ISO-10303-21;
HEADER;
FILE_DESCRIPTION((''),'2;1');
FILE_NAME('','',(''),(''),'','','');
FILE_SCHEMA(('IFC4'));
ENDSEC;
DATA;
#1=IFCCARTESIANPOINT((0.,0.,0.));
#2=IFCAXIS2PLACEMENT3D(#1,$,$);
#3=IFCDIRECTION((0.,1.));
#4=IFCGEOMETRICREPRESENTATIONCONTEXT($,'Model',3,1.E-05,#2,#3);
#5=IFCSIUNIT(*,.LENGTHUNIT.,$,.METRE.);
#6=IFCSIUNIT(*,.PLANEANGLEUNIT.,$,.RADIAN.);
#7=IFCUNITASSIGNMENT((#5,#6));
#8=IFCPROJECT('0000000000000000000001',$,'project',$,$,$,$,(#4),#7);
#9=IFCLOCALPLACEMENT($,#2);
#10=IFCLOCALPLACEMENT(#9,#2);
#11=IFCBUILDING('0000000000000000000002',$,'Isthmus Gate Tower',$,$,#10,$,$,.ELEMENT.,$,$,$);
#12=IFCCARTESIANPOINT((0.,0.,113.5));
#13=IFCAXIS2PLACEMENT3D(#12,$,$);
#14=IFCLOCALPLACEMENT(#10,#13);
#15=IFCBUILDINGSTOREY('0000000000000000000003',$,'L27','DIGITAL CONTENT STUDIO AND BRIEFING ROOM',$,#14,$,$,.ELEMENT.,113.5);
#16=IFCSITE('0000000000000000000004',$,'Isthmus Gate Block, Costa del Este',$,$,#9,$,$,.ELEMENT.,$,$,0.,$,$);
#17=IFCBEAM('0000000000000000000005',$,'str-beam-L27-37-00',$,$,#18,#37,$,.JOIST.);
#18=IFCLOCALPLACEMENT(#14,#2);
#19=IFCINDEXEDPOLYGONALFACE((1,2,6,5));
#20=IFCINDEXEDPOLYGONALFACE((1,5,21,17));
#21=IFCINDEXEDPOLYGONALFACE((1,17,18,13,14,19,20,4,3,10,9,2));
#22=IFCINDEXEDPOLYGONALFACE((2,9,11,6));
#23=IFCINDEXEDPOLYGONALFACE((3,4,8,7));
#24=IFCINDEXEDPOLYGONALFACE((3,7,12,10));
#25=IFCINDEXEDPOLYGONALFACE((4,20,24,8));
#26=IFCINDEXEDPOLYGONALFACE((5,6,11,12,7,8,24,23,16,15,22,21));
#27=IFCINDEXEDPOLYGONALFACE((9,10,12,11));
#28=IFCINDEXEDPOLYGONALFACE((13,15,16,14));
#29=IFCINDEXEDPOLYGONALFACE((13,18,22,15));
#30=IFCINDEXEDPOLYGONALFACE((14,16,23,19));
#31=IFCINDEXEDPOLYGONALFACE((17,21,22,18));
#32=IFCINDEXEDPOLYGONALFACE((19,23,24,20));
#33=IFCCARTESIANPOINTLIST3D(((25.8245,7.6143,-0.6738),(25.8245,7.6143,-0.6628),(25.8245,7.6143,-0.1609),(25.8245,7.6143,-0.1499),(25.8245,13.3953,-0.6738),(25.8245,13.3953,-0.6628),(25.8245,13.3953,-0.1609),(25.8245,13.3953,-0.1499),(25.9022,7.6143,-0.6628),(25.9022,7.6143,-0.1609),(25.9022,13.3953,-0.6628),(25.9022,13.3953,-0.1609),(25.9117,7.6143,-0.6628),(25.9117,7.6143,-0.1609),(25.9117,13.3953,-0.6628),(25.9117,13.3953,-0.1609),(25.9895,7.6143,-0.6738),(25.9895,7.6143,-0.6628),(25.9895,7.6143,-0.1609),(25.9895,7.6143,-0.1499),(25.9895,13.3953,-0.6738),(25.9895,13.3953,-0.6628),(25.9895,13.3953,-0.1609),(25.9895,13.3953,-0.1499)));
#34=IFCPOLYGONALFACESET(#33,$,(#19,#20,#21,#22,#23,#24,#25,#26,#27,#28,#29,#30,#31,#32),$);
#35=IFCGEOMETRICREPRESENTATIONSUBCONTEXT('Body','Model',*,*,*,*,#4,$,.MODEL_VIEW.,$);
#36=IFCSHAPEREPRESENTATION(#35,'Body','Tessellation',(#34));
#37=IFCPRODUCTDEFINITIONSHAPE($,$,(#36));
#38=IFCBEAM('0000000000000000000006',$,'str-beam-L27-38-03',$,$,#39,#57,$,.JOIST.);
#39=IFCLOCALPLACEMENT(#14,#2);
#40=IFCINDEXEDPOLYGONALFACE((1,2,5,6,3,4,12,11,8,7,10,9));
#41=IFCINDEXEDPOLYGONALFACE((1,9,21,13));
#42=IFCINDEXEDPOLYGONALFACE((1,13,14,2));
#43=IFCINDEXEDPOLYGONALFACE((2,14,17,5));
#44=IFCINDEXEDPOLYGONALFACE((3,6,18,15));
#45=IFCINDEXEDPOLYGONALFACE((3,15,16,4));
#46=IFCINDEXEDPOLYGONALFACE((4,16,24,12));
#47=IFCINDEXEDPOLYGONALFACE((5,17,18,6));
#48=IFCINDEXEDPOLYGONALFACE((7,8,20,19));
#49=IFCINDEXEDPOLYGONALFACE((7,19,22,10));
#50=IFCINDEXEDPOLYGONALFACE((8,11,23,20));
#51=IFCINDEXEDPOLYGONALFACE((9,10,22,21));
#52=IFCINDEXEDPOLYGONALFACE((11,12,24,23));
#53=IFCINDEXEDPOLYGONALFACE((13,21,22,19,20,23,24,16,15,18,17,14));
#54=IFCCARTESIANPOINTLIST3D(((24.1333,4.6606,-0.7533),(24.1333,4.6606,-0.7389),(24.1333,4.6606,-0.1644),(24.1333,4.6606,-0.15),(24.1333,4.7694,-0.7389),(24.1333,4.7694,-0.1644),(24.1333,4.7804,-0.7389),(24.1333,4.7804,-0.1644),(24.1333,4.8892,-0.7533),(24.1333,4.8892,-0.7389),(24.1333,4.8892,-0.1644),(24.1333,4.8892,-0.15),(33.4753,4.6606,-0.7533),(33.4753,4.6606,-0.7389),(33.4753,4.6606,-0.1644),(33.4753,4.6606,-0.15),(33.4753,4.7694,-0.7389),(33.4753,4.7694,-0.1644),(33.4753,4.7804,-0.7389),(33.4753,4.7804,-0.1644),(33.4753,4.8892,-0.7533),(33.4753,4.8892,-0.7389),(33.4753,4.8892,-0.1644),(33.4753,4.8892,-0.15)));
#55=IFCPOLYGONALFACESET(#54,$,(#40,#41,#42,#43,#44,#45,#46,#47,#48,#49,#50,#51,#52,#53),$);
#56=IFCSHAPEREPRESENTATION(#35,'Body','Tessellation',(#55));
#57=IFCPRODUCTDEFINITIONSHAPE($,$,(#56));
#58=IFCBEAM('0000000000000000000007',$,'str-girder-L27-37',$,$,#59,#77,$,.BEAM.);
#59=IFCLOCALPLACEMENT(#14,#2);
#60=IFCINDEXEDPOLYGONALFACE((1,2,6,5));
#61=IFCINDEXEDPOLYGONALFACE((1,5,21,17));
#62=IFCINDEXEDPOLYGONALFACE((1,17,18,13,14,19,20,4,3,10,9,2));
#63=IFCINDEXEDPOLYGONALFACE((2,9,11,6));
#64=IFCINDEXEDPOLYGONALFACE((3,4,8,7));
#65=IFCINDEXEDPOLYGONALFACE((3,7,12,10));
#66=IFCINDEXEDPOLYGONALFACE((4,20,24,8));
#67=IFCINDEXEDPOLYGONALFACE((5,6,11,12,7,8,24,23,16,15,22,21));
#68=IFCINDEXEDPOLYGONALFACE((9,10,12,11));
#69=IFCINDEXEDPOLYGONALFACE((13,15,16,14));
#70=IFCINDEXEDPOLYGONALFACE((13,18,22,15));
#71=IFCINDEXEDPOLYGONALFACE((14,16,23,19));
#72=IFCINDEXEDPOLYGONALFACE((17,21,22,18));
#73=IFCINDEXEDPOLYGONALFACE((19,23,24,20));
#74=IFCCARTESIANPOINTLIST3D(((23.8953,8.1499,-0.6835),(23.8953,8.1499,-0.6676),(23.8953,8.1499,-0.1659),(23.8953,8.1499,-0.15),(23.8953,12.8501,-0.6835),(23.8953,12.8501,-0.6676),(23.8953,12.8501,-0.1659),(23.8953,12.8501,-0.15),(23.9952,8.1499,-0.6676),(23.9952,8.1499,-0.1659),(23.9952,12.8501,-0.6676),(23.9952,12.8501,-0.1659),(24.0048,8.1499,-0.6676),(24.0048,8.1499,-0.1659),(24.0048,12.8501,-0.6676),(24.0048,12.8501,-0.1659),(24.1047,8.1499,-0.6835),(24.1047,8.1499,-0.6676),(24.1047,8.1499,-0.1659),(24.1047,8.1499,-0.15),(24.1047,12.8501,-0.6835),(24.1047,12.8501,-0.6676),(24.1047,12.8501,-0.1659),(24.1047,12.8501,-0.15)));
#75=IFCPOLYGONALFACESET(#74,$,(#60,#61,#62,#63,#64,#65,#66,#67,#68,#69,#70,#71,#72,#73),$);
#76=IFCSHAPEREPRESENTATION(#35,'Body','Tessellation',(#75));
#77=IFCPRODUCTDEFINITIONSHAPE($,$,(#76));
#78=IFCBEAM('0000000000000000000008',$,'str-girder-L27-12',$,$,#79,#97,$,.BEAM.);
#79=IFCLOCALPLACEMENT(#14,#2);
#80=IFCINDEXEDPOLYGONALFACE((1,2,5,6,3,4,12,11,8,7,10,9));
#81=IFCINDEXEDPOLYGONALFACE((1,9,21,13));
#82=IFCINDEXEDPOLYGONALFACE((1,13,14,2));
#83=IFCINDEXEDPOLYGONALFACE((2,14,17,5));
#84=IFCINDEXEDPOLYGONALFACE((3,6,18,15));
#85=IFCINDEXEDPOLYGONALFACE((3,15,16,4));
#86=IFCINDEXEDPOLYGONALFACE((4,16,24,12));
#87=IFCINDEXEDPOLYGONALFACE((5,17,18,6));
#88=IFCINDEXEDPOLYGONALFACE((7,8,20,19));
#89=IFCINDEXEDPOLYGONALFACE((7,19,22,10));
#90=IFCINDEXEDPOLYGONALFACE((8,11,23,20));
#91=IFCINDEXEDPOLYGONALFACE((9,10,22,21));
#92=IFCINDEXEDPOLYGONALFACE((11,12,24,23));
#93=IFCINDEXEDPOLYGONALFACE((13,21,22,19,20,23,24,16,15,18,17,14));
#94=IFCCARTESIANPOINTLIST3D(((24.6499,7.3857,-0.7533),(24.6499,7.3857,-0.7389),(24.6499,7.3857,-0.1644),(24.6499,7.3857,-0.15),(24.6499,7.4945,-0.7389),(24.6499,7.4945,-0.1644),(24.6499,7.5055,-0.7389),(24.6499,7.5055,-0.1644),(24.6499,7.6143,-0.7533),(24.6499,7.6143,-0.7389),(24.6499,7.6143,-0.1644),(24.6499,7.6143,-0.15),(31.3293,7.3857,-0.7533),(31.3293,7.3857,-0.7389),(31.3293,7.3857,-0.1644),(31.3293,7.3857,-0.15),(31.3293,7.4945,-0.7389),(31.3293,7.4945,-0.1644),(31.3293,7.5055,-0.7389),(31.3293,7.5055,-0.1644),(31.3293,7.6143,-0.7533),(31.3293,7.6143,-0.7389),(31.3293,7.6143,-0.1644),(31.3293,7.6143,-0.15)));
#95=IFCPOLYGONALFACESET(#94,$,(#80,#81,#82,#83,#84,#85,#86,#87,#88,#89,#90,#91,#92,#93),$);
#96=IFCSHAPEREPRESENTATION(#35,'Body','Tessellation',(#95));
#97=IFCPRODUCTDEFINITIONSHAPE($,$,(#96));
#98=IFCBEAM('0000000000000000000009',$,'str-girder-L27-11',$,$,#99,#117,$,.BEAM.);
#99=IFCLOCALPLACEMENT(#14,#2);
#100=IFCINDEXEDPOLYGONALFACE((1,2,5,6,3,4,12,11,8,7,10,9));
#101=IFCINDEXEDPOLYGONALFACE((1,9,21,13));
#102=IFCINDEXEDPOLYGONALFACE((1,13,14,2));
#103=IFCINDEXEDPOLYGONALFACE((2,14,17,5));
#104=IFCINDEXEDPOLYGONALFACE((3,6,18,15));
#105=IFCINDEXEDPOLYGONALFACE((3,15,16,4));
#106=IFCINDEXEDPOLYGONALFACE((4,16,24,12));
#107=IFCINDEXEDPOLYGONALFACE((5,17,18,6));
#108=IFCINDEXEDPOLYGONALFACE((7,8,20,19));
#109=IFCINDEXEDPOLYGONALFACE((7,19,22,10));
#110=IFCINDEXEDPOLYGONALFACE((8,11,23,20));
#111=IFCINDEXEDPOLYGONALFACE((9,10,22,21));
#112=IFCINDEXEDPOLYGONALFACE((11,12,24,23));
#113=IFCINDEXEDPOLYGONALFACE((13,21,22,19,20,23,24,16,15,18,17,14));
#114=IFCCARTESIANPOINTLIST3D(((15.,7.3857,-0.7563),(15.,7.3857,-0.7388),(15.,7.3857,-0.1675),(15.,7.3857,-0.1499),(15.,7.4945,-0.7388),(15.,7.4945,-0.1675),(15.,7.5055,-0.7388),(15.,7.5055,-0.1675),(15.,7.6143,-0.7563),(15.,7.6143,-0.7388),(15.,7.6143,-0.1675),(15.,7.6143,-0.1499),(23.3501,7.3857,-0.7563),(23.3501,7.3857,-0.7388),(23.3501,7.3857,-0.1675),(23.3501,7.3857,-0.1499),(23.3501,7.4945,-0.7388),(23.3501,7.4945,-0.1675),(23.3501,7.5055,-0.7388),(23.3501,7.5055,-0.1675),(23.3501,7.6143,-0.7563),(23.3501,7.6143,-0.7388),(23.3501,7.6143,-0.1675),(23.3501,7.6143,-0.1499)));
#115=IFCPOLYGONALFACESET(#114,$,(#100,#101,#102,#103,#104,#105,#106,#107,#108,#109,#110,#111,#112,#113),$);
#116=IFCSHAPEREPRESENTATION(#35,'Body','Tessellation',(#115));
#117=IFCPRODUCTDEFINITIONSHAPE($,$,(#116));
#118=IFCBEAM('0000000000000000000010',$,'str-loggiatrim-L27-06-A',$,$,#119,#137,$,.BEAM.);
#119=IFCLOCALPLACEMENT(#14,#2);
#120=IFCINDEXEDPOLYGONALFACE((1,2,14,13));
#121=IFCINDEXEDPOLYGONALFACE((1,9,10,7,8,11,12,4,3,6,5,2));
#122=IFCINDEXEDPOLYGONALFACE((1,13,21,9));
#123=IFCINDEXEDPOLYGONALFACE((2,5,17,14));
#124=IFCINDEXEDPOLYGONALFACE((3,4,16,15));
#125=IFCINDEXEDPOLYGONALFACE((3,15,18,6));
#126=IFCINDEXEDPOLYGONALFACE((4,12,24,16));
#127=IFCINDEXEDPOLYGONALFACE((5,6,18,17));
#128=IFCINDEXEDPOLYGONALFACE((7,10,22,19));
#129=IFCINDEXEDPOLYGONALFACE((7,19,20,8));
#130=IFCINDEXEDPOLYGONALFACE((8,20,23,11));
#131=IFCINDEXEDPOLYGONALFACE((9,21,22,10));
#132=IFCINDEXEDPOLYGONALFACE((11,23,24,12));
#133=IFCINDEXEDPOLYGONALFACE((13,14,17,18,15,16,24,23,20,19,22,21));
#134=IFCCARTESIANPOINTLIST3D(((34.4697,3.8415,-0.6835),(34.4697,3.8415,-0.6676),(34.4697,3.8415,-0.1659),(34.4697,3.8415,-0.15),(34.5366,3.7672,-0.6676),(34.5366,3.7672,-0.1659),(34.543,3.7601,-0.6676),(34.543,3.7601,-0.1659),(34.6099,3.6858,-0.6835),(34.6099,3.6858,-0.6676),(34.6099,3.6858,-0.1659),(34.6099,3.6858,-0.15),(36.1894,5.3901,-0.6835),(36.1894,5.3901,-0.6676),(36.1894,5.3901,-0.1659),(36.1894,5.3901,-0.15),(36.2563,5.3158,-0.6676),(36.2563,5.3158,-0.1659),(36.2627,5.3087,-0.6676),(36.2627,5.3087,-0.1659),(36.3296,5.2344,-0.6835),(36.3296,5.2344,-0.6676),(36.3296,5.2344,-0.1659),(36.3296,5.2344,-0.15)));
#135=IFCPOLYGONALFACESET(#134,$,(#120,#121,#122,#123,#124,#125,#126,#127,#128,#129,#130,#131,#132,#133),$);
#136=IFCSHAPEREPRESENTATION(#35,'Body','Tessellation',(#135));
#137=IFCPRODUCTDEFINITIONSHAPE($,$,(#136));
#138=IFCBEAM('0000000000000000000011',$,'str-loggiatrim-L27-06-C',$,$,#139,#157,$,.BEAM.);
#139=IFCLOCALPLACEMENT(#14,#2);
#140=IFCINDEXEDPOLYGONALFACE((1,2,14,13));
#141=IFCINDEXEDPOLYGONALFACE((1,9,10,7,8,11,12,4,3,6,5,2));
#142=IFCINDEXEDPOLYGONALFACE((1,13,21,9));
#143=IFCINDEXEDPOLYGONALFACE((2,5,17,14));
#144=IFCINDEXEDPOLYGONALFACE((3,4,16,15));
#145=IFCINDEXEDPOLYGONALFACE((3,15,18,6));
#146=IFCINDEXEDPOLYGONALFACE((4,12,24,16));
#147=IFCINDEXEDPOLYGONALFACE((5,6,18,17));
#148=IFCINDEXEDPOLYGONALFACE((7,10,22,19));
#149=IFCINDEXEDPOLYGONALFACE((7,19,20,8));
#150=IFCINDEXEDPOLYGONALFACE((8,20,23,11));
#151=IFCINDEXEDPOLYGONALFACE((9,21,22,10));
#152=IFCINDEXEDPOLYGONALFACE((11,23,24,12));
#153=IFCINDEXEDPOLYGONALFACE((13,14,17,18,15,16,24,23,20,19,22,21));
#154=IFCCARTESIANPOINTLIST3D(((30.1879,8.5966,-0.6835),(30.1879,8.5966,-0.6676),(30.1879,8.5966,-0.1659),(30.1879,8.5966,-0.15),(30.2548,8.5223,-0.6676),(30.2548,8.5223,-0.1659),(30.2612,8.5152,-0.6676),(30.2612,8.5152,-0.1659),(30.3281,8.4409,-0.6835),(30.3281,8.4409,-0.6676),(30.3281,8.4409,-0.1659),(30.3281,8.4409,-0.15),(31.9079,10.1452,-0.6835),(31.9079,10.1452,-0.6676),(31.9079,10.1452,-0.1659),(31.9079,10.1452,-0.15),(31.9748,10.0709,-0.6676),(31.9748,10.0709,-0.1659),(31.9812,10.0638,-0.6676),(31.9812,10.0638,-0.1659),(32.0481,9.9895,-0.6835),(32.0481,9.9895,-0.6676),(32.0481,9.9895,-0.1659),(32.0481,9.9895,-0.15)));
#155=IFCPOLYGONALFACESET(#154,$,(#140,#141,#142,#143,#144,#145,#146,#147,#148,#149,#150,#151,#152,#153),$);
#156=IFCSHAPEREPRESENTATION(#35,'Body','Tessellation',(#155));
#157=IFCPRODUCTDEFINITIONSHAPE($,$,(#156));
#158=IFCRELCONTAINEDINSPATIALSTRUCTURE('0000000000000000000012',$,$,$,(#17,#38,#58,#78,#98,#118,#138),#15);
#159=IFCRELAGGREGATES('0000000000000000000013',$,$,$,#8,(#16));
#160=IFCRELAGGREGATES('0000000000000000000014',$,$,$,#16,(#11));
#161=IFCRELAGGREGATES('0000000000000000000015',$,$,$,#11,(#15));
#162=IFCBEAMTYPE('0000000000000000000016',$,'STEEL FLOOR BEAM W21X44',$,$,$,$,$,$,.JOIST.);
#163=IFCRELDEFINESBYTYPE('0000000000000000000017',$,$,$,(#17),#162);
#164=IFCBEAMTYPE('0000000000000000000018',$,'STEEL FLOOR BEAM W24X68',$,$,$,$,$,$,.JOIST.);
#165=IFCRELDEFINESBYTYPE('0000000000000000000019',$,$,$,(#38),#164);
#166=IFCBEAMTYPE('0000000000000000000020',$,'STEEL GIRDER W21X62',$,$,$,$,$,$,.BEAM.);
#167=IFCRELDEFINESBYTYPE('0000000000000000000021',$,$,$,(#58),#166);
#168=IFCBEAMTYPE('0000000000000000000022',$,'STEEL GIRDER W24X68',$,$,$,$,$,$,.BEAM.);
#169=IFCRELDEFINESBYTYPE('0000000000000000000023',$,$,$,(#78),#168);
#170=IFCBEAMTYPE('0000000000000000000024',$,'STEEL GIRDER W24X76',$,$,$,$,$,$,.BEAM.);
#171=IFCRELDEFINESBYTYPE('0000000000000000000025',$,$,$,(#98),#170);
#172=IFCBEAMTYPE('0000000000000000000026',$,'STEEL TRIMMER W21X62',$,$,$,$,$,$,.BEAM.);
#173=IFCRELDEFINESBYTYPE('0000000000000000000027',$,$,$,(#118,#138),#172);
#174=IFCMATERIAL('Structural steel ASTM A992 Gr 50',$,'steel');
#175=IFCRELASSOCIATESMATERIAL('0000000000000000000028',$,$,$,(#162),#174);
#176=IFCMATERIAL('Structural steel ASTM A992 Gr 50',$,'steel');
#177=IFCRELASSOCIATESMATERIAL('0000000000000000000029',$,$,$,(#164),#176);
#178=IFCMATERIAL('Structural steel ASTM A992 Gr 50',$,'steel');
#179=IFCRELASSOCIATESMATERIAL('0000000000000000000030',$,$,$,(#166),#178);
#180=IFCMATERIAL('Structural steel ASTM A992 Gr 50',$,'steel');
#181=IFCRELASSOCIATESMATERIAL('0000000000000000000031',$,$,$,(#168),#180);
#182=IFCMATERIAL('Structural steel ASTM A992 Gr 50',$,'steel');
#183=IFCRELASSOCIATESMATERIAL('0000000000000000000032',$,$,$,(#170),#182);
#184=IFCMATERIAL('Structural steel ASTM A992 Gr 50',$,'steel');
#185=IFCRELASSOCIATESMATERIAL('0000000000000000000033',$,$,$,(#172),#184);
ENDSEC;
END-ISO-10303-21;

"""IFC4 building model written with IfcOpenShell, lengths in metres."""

from ifc_helpers import new_model, si_unit, direction, frame, origin, origin_2d, place, context, subcontext, project, spatial, i_section, extrude, material, material_profile, profile_set, type_object, element, save


model = new_model("IFC4")

# Units and contexts
model_context = context("Model", 3, precision=1e-05, world=origin(), true_north=direction((0.0, 1.0)))
body_context = subcontext(model_context, "Body", "Model", "MODEL_VIEW")
ifc_project = project(units=[si_unit("LENGTHUNIT", "METRE"), si_unit("PLANEANGLEUNIT", "RADIAN")], contexts=[model_context])

# Site, building, storey
site_placement = place(None, origin())
site = spatial("IfcSite", under=ifc_project, at=site_placement, Name="Isthmus Gate Block, Costa del Este", CompositionType="ELEMENT", RefElevation=0.0)
building_placement = place(site_placement, origin())
building = spatial("IfcBuilding", under=site, at=building_placement, Name="Isthmus Gate Tower", CompositionType="ELEMENT")
storey_placement = place(building_placement, frame((0.0, 0.0, 113.5)))
storey = spatial("IfcBuildingStorey", under=building, at=storey_placement, Name="L27", Description="DIGITAL CONTENT STUDIO AND BRIEFING ROOM", CompositionType="ELEMENT", Elevation=113.5)

# Beams
ifc_material_1 = material(Name="Structural steel ASTM A992 Gr 50", Category="steel")
ifc_material_profile_1 = material_profile(ifc_material_1, i_section(OverallWidth=0.165, OverallDepth=0.5239, WebThickness=0.0095, FlangeThickness=0.011, at=origin_2d()), Name="W21X44")
ifc_profile_set_1 = profile_set([ifc_material_profile_1], Name="Structural steel ASTM A992 Gr 50")
beam_type_1 = type_object("IfcBeamType", Name="STEEL FLOOR BEAM W21X44", PredefinedType="JOIST", material=ifc_profile_set_1)
beam_1_placement = place(storey_placement, frame((25.907, 7.6143, -0.4119), z_axis=(0.0, 1.0, 0.0), x_axis=(-1.0, 0.0, 0.0)))
element("IfcBeam", 1, at=beam_1_placement, inside=storey, type_object=beam_type_1, Name="str-beam-L27-37-00", PredefinedType="JOIST", context=body_context, shape_type="SweptSolid", body=[
    extrude(i_section(OverallWidth=0.165, OverallDepth=0.5239, WebThickness=0.0095, FlangeThickness=0.011, at=origin_2d()), origin(), (0.0, 0.0, 1.0), 5.781),
])
ifc_material_2 = material(Name="Structural steel ASTM A992 Gr 50", Category="steel")
ifc_material_profile_2 = material_profile(ifc_material_2, i_section(OverallWidth=0.2285, OverallDepth=0.6033, WebThickness=0.011, FlangeThickness=0.0144, at=origin_2d()), Name="W24X68")
ifc_profile_set_2 = profile_set([ifc_material_profile_2], Name="Structural steel ASTM A992 Gr 50")
beam_type_2 = type_object("IfcBeamType", Name="STEEL FLOOR BEAM W24X68", PredefinedType="JOIST", material=ifc_profile_set_2)
beam_2_placement = place(storey_placement, frame((24.1333, 4.7749, -0.4517), z_axis=(1.0, 0.0, 0.0), x_axis=(0.0, 1.0, 0.0)))
element("IfcBeam", 2, at=beam_2_placement, inside=storey, type_object=beam_type_2, Name="str-beam-L27-38-03", PredefinedType="JOIST", context=body_context, shape_type="SweptSolid", body=[
    extrude(i_section(OverallWidth=0.2285, OverallDepth=0.6033, WebThickness=0.011, FlangeThickness=0.0144, at=origin_2d()), origin(), (0.0, 0.0, 1.0), 9.342),
])
ifc_material_3 = material(Name="Structural steel ASTM A992 Gr 50", Category="steel")
ifc_material_profile_3 = material_profile(ifc_material_3, i_section(OverallWidth=0.2095, OverallDepth=0.5334, WebThickness=0.0095, FlangeThickness=0.0159, at=origin_2d()), Name="W21X62")
ifc_profile_set_3 = profile_set([ifc_material_profile_3], Name="Structural steel ASTM A992 Gr 50")
beam_type_3 = type_object("IfcBeamType", Name="STEEL GIRDER W21X62", PredefinedType="BEAM", material=ifc_profile_set_3)
beam_3_placement = place(storey_placement, frame((24.0, 8.1499, -0.4167), z_axis=(0.0, 1.0, 0.0), x_axis=(-1.0, 0.0, 0.0)))
element("IfcBeam", 3, at=beam_3_placement, inside=storey, type_object=beam_type_3, Name="str-girder-L27-37", PredefinedType="BEAM", context=body_context, shape_type="SweptSolid", body=[
    extrude(i_section(OverallWidth=0.2095, OverallDepth=0.5334, WebThickness=0.0095, FlangeThickness=0.0159, at=origin_2d()), origin(), (0.0, 0.0, 1.0), 4.7002),
])
ifc_material_4 = material(Name="Structural steel ASTM A992 Gr 50", Category="steel")
ifc_material_profile_4 = material_profile(ifc_material_4, i_section(OverallWidth=0.2285, OverallDepth=0.6033, WebThickness=0.011, FlangeThickness=0.0144, at=origin_2d()), Name="W24X68")
ifc_profile_set_4 = profile_set([ifc_material_profile_4], Name="Structural steel ASTM A992 Gr 50")
beam_type_4 = type_object("IfcBeamType", Name="STEEL GIRDER W24X68", PredefinedType="BEAM", material=ifc_profile_set_4)
beam_4_placement = place(storey_placement, frame((24.6499, 7.5, -0.4517), z_axis=(1.0, 0.0, 0.0), x_axis=(0.0, 1.0, 0.0)))
element("IfcBeam", 4, at=beam_4_placement, inside=storey, type_object=beam_type_4, Name="str-girder-L27-12", PredefinedType="BEAM", context=body_context, shape_type="SweptSolid", body=[
    extrude(i_section(OverallWidth=0.2285, OverallDepth=0.6033, WebThickness=0.011, FlangeThickness=0.0144, at=origin_2d()), origin(), (0.0, 0.0, 1.0), 6.6794),
])
ifc_material_5 = material(Name="Structural steel ASTM A992 Gr 50", Category="steel")
ifc_material_profile_5 = material_profile(ifc_material_5, i_section(OverallWidth=0.2285, OverallDepth=0.6064, WebThickness=0.011, FlangeThickness=0.0176, at=origin_2d()), Name="W24X76")
ifc_profile_set_5 = profile_set([ifc_material_profile_5], Name="Structural steel ASTM A992 Gr 50")
beam_type_5 = type_object("IfcBeamType", Name="STEEL GIRDER W24X76", PredefinedType="BEAM", material=ifc_profile_set_5)
beam_5_placement = place(storey_placement, frame((15.0, 7.5, -0.4531), z_axis=(1.0, 0.0, 0.0), x_axis=(0.0, 1.0, 0.0)))
element("IfcBeam", 5, at=beam_5_placement, inside=storey, type_object=beam_type_5, Name="str-girder-L27-11", PredefinedType="BEAM", context=body_context, shape_type="SweptSolid", body=[
    extrude(i_section(OverallWidth=0.2285, OverallDepth=0.6064, WebThickness=0.011, FlangeThickness=0.0176, at=origin_2d()), origin(), (0.0, 0.0, 1.0), 8.3501),
])
ifc_material_6 = material(Name="Structural steel ASTM A992 Gr 50", Category="steel")
ifc_material_profile_6 = material_profile(ifc_material_6, i_section(OverallWidth=0.2095, OverallDepth=0.5334, WebThickness=0.0095, FlangeThickness=0.0159, at=origin_2d()), Name="W21X62")
ifc_profile_set_6 = profile_set([ifc_material_profile_6], Name="Structural steel ASTM A992 Gr 50")
beam_type_6 = type_object("IfcBeamType", Name="STEEL TRIMMER W21X62", PredefinedType="BEAM", material=ifc_profile_set_6)
beam_6_placement = place(storey_placement, frame((36.2595, 5.3123, -0.4167), z_axis=(-0.743116, -0.669163, 0.0), x_axis=(0.669163, -0.743116, 0.0)))
element("IfcBeam", 6, at=beam_6_placement, inside=storey, type_object=beam_type_6, Name="str-loggiatrim-L27-06-A", PredefinedType="BEAM", context=body_context, shape_type="SweptSolid", body=[
    extrude(i_section(OverallWidth=0.2095, OverallDepth=0.5334, WebThickness=0.0095, FlangeThickness=0.0159, at=origin_2d()), origin(), (0.0, 0.0, 1.0), 2.3142),
])
beam_7_placement = place(storey_placement, frame((31.978, 10.0674, -0.4167), z_axis=(-0.743163, -0.66911, 0.0), x_axis=(0.66911, -0.743163, 0.0)))
element("IfcBeam", 7, at=beam_7_placement, inside=storey, type_object=beam_type_6, Name="str-loggiatrim-L27-06-C", PredefinedType="BEAM", context=body_context, shape_type="SweptSolid", body=[
    extrude(i_section(OverallWidth=0.2095, OverallDepth=0.5334, WebThickness=0.0095, FlangeThickness=0.0159, at=origin_2d()), origin(), (0.0, 0.0, 1.0), 2.3145),
])

save(model, "model.ifc")
